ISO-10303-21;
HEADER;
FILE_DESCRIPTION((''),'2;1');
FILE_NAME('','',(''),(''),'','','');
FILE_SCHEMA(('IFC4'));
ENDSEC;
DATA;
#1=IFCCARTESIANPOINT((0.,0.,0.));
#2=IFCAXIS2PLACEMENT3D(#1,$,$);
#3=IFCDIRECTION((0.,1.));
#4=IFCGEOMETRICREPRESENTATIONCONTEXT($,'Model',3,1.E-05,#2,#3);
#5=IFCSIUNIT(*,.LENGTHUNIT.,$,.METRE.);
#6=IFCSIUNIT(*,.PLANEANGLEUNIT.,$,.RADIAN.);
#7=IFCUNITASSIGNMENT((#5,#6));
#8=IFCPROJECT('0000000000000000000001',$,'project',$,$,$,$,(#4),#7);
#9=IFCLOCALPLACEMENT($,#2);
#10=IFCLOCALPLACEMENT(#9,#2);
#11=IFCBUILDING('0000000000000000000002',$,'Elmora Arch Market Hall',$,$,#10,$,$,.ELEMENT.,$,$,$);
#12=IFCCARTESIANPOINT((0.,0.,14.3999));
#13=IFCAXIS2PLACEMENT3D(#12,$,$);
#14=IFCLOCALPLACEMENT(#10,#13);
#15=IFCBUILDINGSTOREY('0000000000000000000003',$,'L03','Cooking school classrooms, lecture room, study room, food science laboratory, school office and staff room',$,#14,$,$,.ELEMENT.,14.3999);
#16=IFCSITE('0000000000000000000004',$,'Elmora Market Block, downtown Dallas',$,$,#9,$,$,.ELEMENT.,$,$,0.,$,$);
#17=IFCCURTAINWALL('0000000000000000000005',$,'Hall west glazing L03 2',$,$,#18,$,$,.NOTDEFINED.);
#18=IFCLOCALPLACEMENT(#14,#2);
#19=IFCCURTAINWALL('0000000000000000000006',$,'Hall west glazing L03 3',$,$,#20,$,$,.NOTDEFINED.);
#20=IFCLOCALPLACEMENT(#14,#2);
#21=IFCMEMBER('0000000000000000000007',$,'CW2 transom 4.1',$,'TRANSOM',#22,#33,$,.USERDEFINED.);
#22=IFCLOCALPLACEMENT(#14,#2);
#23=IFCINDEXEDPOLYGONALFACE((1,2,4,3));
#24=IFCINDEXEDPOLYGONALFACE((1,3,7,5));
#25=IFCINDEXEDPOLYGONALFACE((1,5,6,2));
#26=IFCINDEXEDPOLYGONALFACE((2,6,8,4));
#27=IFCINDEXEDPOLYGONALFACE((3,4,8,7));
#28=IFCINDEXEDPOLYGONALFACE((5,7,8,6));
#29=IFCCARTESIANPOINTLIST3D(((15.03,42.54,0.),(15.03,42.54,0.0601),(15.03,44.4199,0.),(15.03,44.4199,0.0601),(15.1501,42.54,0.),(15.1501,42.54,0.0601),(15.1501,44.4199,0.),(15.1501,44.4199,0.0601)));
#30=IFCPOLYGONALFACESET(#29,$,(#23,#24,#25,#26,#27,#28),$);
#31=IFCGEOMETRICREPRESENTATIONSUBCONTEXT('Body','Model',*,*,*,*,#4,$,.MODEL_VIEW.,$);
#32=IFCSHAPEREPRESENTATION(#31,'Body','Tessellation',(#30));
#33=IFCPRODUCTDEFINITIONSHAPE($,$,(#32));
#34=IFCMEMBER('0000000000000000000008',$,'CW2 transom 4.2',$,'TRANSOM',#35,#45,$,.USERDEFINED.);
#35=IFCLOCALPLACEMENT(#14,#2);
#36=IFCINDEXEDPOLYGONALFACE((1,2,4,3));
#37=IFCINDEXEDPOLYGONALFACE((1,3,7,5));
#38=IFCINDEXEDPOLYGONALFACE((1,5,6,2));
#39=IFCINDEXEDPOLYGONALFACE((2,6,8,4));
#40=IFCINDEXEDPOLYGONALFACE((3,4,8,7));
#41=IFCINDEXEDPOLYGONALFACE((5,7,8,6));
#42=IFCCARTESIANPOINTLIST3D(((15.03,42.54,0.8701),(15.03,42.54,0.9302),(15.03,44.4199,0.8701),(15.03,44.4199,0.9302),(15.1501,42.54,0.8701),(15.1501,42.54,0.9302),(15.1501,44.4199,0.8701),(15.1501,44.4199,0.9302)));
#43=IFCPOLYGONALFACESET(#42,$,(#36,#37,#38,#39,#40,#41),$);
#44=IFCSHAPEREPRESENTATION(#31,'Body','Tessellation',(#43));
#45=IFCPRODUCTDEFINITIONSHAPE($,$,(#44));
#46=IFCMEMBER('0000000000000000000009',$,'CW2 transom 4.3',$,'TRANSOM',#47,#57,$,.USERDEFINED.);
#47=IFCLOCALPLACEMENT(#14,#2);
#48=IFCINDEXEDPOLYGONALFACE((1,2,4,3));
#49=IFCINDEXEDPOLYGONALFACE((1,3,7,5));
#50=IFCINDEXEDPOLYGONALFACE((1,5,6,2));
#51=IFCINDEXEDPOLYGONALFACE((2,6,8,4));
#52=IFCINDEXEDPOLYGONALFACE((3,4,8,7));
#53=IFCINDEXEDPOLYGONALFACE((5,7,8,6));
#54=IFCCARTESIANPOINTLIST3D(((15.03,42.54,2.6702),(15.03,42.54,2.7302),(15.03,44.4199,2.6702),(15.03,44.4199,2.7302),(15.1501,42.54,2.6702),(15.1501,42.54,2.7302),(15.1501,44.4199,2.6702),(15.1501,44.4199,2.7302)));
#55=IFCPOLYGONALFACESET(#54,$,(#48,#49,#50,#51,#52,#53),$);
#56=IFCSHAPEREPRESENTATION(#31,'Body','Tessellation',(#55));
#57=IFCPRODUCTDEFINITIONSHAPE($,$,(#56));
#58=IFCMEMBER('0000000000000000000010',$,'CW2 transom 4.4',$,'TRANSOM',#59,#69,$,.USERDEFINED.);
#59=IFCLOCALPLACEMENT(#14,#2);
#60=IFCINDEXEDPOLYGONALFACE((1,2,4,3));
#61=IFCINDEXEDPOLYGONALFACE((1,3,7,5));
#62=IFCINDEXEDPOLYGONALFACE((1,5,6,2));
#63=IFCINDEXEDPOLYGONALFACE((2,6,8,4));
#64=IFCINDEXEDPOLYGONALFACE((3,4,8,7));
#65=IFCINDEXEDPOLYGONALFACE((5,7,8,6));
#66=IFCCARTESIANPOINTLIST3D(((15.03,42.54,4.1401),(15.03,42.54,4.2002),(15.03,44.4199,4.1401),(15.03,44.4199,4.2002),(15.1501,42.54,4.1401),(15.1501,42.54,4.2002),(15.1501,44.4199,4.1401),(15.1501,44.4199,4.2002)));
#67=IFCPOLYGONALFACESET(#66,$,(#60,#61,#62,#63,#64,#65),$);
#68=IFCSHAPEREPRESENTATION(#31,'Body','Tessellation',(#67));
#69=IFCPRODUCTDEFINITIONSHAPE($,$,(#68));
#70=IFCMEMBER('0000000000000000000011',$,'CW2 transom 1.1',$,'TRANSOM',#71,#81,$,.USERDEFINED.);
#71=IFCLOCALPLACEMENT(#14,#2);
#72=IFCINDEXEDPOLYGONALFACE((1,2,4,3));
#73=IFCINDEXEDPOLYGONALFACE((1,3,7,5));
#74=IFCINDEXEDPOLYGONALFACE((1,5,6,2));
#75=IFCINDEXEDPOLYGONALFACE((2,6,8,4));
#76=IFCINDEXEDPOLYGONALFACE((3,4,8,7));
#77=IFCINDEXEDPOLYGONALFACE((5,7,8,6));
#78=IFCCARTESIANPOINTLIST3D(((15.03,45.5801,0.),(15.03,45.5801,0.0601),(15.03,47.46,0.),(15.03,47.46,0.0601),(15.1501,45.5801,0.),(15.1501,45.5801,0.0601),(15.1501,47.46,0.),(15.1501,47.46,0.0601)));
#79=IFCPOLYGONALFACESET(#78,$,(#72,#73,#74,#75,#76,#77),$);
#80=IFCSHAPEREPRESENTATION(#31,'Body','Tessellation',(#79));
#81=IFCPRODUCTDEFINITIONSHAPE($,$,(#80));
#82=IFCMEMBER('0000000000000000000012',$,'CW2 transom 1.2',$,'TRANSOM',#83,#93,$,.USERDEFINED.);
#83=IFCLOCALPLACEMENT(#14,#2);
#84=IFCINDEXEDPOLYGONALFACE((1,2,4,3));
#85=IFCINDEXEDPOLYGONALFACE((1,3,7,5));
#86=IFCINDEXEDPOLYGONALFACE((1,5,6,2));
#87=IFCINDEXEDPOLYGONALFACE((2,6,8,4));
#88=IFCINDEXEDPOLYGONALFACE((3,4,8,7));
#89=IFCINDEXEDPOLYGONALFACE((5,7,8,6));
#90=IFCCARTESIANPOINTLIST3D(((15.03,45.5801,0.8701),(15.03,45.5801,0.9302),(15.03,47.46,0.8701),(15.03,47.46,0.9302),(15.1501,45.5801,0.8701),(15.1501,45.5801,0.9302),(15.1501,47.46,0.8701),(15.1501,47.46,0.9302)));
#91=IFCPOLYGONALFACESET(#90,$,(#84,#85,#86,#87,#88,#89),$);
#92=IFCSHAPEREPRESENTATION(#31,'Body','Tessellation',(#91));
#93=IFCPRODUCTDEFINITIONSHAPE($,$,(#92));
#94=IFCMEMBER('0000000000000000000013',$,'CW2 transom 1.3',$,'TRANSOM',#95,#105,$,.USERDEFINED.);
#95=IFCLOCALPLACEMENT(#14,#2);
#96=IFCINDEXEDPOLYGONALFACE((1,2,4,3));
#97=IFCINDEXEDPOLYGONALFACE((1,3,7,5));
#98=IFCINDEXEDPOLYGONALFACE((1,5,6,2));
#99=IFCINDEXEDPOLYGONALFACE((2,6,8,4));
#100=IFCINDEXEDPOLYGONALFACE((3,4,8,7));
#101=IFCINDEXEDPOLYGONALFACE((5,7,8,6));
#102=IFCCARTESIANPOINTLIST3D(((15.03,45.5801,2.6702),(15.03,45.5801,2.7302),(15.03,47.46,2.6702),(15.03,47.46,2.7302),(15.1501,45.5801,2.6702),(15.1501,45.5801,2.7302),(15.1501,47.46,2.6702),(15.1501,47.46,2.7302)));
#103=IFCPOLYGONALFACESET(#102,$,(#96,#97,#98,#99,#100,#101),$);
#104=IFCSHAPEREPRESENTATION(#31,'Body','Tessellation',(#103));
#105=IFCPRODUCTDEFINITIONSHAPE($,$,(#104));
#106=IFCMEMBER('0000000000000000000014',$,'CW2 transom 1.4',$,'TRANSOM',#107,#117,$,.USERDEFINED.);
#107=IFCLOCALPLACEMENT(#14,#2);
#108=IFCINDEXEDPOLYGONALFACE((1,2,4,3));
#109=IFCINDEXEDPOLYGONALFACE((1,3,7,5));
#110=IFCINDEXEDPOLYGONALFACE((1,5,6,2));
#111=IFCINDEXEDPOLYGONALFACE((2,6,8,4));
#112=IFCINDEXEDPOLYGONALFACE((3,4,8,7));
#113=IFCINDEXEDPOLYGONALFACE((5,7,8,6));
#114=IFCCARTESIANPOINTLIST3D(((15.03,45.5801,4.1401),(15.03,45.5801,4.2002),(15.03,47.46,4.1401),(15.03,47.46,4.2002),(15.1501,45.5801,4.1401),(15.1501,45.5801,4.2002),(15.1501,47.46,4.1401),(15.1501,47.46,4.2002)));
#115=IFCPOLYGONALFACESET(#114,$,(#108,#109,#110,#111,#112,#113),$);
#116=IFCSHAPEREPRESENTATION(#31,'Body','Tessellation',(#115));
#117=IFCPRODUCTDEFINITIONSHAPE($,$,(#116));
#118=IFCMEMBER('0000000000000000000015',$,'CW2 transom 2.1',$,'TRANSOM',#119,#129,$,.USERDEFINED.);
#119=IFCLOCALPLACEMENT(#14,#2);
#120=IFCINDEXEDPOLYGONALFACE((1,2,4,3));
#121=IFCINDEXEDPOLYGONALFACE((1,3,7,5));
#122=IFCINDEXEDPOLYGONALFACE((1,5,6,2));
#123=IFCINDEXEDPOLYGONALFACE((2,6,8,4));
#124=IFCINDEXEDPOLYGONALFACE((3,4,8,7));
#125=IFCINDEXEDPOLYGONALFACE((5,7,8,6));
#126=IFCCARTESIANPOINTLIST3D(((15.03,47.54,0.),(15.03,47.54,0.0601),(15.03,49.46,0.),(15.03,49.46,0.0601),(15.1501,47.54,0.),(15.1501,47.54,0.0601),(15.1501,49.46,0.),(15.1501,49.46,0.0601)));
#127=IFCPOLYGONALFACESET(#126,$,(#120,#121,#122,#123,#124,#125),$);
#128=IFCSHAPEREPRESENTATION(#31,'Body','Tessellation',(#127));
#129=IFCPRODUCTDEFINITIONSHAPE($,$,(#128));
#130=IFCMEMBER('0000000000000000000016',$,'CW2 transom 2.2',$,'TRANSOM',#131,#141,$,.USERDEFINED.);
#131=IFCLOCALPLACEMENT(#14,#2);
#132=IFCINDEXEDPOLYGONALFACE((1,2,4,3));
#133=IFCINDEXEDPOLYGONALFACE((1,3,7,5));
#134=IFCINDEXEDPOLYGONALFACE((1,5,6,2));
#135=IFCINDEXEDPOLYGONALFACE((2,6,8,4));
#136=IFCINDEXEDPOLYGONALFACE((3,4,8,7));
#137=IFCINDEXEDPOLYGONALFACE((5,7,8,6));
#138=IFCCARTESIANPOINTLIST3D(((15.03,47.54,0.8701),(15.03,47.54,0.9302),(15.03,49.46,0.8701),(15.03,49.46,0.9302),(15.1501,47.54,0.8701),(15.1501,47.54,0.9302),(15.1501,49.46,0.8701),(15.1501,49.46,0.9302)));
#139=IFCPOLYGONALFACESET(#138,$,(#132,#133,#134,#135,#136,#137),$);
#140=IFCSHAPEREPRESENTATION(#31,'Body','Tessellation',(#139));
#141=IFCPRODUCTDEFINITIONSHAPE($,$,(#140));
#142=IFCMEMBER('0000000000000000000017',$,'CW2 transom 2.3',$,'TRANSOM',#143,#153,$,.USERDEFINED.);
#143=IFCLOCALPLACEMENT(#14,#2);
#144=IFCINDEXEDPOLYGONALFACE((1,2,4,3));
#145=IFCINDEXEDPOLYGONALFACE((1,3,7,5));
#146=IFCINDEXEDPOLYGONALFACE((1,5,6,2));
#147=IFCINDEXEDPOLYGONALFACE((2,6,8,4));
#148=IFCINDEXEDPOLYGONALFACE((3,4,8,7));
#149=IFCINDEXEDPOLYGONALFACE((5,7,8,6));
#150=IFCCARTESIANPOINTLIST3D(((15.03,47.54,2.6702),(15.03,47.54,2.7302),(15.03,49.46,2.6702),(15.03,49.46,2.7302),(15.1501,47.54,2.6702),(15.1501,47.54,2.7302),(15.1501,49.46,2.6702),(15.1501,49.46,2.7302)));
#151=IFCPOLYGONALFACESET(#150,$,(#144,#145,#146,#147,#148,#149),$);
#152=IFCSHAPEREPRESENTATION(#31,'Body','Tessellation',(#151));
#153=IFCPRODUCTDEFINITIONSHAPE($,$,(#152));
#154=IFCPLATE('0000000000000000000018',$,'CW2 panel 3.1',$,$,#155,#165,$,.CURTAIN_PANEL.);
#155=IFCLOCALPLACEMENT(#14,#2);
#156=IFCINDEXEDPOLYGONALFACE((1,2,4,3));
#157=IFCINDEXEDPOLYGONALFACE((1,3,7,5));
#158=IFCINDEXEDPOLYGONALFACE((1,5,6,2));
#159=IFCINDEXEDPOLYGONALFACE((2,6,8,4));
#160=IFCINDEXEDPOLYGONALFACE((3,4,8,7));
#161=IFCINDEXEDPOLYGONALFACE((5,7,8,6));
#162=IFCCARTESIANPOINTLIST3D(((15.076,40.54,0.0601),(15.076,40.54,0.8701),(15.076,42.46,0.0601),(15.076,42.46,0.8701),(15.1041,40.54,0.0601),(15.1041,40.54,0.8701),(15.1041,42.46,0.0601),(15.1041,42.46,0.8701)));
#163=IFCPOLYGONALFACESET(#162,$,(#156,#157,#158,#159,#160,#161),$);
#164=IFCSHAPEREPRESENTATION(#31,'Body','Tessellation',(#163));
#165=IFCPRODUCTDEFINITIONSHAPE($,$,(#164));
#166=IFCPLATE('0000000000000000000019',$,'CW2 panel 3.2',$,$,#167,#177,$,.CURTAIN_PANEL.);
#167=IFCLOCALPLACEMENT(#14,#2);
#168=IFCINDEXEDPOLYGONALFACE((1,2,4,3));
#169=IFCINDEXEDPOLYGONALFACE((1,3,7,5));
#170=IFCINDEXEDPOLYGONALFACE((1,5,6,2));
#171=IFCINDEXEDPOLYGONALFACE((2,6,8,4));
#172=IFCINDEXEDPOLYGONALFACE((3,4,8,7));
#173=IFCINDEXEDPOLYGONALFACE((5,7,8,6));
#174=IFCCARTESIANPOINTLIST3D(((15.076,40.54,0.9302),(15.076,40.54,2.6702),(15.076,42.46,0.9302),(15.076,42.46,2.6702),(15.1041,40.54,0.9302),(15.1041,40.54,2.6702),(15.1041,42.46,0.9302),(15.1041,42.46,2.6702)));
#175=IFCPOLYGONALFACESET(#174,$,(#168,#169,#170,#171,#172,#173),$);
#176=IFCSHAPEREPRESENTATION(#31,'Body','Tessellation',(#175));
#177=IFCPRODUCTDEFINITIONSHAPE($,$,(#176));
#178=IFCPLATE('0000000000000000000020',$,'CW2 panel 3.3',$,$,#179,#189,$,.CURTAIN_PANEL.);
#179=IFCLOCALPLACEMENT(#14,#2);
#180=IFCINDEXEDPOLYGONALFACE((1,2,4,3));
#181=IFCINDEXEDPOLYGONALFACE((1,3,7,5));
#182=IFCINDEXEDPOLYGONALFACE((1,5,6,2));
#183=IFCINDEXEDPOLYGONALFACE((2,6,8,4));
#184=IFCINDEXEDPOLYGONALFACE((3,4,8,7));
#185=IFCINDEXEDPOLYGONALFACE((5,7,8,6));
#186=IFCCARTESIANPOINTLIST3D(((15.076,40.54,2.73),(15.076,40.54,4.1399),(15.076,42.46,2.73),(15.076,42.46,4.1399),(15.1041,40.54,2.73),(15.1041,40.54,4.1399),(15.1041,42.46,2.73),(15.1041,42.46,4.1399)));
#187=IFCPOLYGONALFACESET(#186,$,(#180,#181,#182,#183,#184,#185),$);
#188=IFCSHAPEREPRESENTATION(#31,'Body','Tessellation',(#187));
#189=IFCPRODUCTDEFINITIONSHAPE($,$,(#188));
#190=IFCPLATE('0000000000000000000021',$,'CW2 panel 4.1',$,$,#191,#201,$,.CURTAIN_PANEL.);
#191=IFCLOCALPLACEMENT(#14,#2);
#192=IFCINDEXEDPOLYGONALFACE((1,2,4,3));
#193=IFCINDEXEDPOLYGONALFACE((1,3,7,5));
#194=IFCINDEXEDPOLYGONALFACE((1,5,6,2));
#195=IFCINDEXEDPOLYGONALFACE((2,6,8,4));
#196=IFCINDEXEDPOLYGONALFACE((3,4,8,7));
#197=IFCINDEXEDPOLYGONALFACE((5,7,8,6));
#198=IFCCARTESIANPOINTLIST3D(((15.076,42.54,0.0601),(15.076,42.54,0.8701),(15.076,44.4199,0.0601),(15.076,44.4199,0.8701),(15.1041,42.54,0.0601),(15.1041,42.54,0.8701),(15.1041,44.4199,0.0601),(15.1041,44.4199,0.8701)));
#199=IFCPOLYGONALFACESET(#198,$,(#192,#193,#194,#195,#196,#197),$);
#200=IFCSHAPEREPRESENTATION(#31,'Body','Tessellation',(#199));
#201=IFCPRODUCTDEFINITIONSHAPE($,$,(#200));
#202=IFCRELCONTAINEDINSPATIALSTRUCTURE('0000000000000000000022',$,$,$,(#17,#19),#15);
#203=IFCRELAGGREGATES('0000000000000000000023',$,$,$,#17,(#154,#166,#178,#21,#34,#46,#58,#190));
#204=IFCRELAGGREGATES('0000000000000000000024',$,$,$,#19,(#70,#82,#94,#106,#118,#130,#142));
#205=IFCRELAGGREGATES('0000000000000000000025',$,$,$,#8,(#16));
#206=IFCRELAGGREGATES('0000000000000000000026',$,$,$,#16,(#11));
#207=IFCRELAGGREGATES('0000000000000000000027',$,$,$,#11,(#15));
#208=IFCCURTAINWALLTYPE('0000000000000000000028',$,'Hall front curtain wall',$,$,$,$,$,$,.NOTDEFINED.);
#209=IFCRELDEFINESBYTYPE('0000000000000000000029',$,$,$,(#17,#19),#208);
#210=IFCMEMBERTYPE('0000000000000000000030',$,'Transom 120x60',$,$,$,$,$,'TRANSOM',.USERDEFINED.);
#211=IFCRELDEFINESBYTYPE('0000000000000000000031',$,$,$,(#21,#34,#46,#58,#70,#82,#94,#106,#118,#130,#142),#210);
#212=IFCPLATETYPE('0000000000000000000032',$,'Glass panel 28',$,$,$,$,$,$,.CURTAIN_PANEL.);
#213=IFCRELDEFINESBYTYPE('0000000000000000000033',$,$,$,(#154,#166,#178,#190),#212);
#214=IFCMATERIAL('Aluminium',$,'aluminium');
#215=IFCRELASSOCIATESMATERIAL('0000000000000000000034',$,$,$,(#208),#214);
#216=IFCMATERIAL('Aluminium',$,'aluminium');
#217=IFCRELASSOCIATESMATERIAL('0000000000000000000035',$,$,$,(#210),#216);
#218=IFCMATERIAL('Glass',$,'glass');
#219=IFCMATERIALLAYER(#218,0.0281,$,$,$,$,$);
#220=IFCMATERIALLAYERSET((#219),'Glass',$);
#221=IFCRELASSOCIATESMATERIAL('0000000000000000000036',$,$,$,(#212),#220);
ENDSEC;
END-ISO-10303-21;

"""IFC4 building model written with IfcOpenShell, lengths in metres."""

from ifc_helpers import new_model, si_unit, direction, frame, origin, origin_2d, place, context, subcontext, project, spatial, rectangle, extrude, material, layer, layer_set, material_profile, profile_set, type_object, element, aggregate, save


model = new_model("IFC4")

# Units and contexts
model_context = context("Model", 3, precision=1e-05, world=origin(), true_north=direction((0.0, 1.0)))
body_context = subcontext(model_context, "Body", "Model", "MODEL_VIEW")
ifc_project = project(units=[si_unit("LENGTHUNIT", "METRE"), si_unit("PLANEANGLEUNIT", "RADIAN")], contexts=[model_context])

# Site, building, storey
site_placement = place(None, origin())
site = spatial("IfcSite", under=ifc_project, at=site_placement, Name="Elmora Market Block, downtown Dallas", CompositionType="ELEMENT", RefElevation=0.0)
building_placement = place(site_placement, origin())
building = spatial("IfcBuilding", under=site, at=building_placement, Name="Elmora Arch Market Hall", CompositionType="ELEMENT")
storey_placement = place(building_placement, frame((0.0, 0.0, 14.3999)))
storey = spatial("IfcBuildingStorey", under=building, at=storey_placement, Name="L03", Description="Cooking school classrooms, lecture room, study room, food science laboratory, school office and staff room", CompositionType="ELEMENT", Elevation=14.3999)

# Curtain walls
ifc_material_1 = material(Name="Aluminium", Category="aluminium")
curtain_wall_type = type_object("IfcCurtainWallType", Name="Hall front curtain wall", PredefinedType="NOTDEFINED", material=ifc_material_1)
curtain_wall_1_placement = place(storey_placement, origin())
curtain_wall_1 = element("IfcCurtainWall", 1, at=curtain_wall_1_placement, inside=storey, type_object=curtain_wall_type, Name="Hall west glazing L03 2", PredefinedType="NOTDEFINED")
curtain_wall_2_placement = place(storey_placement, origin())
curtain_wall_2 = element("IfcCurtainWall", 2, at=curtain_wall_2_placement, inside=storey, type_object=curtain_wall_type, Name="Hall west glazing L03 3", PredefinedType="NOTDEFINED")

# Members
ifc_material_2 = material(Name="Aluminium", Category="aluminium")
ifc_material_profile_1 = material_profile(ifc_material_2, rectangle(XDim=0.1201, YDim=0.0601, at=origin_2d()), Name="AL 120x60")
ifc_profile_set_1 = profile_set([ifc_material_profile_1], Name="Aluminium")
member_type_1 = type_object("IfcMemberType", Name="Transom 120x60", ElementType="TRANSOM", PredefinedType="USERDEFINED", material=ifc_profile_set_1)
member_1_placement = place(storey_placement, frame((15.0901, 42.54, 0.03), z_axis=(0.0, 1.0, 0.0), x_axis=(-1.0, 0.0, 0.0)))
member_1 = element("IfcMember", 3, at=member_1_placement, type_object=member_type_1, Name="CW2 transom 4.1", ObjectType="TRANSOM", PredefinedType="USERDEFINED", context=body_context, shape_type="SweptSolid", body=[
    extrude(rectangle(XDim=0.1201, YDim=0.0601, at=origin_2d()), origin(), (0.0, 0.0, 1.0), 1.8799),
])
member_2_placement = place(storey_placement, frame((15.0901, 42.54, 0.9001), z_axis=(0.0, 1.0, 0.0), x_axis=(-1.0, 0.0, 0.0)))
member_2 = element("IfcMember", 4, at=member_2_placement, type_object=member_type_1, Name="CW2 transom 4.2", ObjectType="TRANSOM", PredefinedType="USERDEFINED", context=body_context, shape_type="SweptSolid", body=[
    extrude(rectangle(XDim=0.1201, YDim=0.0601, at=origin_2d()), origin(), (0.0, 0.0, 1.0), 1.8799),
])
member_3_placement = place(storey_placement, frame((15.0901, 42.54, 2.7002), z_axis=(0.0, 1.0, 0.0), x_axis=(-1.0, 0.0, 0.0)))
member_3 = element("IfcMember", 5, at=member_3_placement, type_object=member_type_1, Name="CW2 transom 4.3", ObjectType="TRANSOM", PredefinedType="USERDEFINED", context=body_context, shape_type="SweptSolid", body=[
    extrude(rectangle(XDim=0.1201, YDim=0.0601, at=origin_2d()), origin(), (0.0, 0.0, 1.0), 1.8799),
])
member_4_placement = place(storey_placement, frame((15.0901, 42.54, 4.1702), z_axis=(0.0, 1.0, 0.0), x_axis=(-1.0, 0.0, 0.0)))
member_4 = element("IfcMember", 6, at=member_4_placement, type_object=member_type_1, Name="CW2 transom 4.4", ObjectType="TRANSOM", PredefinedType="USERDEFINED", context=body_context, shape_type="SweptSolid", body=[
    extrude(rectangle(XDim=0.1201, YDim=0.0601, at=origin_2d()), origin(), (0.0, 0.0, 1.0), 1.8799),
])
member_5_placement = place(storey_placement, frame((15.0901, 45.5801, 0.03), z_axis=(0.0, 1.0, 0.0), x_axis=(-1.0, 0.0, 0.0)))
member_5 = element("IfcMember", 7, at=member_5_placement, type_object=member_type_1, Name="CW2 transom 1.1", ObjectType="TRANSOM", PredefinedType="USERDEFINED", context=body_context, shape_type="SweptSolid", body=[
    extrude(rectangle(XDim=0.1201, YDim=0.0601, at=origin_2d()), origin(), (0.0, 0.0, 1.0), 1.8799),
])
member_6_placement = place(storey_placement, frame((15.0901, 45.5801, 0.9001), z_axis=(0.0, 1.0, 0.0), x_axis=(-1.0, 0.0, 0.0)))
member_6 = element("IfcMember", 8, at=member_6_placement, type_object=member_type_1, Name="CW2 transom 1.2", ObjectType="TRANSOM", PredefinedType="USERDEFINED", context=body_context, shape_type="SweptSolid", body=[
    extrude(rectangle(XDim=0.1201, YDim=0.0601, at=origin_2d()), origin(), (0.0, 0.0, 1.0), 1.8799),
])
member_7_placement = place(storey_placement, frame((15.0901, 45.5801, 2.7002), z_axis=(0.0, 1.0, 0.0), x_axis=(-1.0, 0.0, 0.0)))
member_7 = element("IfcMember", 9, at=member_7_placement, type_object=member_type_1, Name="CW2 transom 1.3", ObjectType="TRANSOM", PredefinedType="USERDEFINED", context=body_context, shape_type="SweptSolid", body=[
    extrude(rectangle(XDim=0.1201, YDim=0.0601, at=origin_2d()), origin(), (0.0, 0.0, 1.0), 1.8799),
])
member_8_placement = place(storey_placement, frame((15.0901, 45.5801, 4.1702), z_axis=(0.0, 1.0, 0.0), x_axis=(-1.0, 0.0, 0.0)))
member_8 = element("IfcMember", 10, at=member_8_placement, type_object=member_type_1, Name="CW2 transom 1.4", ObjectType="TRANSOM", PredefinedType="USERDEFINED", context=body_context, shape_type="SweptSolid", body=[
    extrude(rectangle(XDim=0.1201, YDim=0.0601, at=origin_2d()), origin(), (0.0, 0.0, 1.0), 1.8799),
])
member_9_placement = place(storey_placement, frame((15.0901, 47.54, 0.03), z_axis=(0.0, 1.0, 0.0), x_axis=(-1.0, 0.0, 0.0)))
member_9 = element("IfcMember", 11, at=member_9_placement, type_object=member_type_1, Name="CW2 transom 2.1", ObjectType="TRANSOM", PredefinedType="USERDEFINED", context=body_context, shape_type="SweptSolid", body=[
    extrude(rectangle(XDim=0.1201, YDim=0.0601, at=origin_2d()), origin(), (0.0, 0.0, 1.0), 1.9199),
])
member_10_placement = place(storey_placement, frame((15.0901, 47.54, 0.9001), z_axis=(0.0, 1.0, 0.0), x_axis=(-1.0, 0.0, 0.0)))
member_10 = element("IfcMember", 12, at=member_10_placement, type_object=member_type_1, Name="CW2 transom 2.2", ObjectType="TRANSOM", PredefinedType="USERDEFINED", context=body_context, shape_type="SweptSolid", body=[
    extrude(rectangle(XDim=0.1201, YDim=0.0601, at=origin_2d()), origin(), (0.0, 0.0, 1.0), 1.9199),
])
member_11_placement = place(storey_placement, frame((15.0901, 47.54, 2.7002), z_axis=(0.0, 1.0, 0.0), x_axis=(-1.0, 0.0, 0.0)))
member_11 = element("IfcMember", 13, at=member_11_placement, type_object=member_type_1, Name="CW2 transom 2.3", ObjectType="TRANSOM", PredefinedType="USERDEFINED", context=body_context, shape_type="SweptSolid", body=[
    extrude(rectangle(XDim=0.1201, YDim=0.0601, at=origin_2d()), origin(), (0.0, 0.0, 1.0), 1.9199),
])

# Plates
ifc_material_3 = material(Name="Glass", Category="glass")
ifc_layer = layer(ifc_material_3, 0.0281)
ifc_layer_set = layer_set([ifc_layer], Name="Glass")
plate_type = type_object("IfcPlateType", Name="Glass panel 28", PredefinedType="CURTAIN_PANEL", material=ifc_layer_set)
plate_1_placement = place(storey_placement, frame((15.0901, 41.5, 0.0601), z_axis=(0.0, 0.0, 1.0), x_axis=(0.0, 1.0, 0.0)))
plate_1 = element("IfcPlate", 14, at=plate_1_placement, type_object=plate_type, Name="CW2 panel 3.1", PredefinedType="CURTAIN_PANEL", context=body_context, shape_type="SweptSolid", body=[
    extrude(rectangle(XDim=1.9199, YDim=0.0281, at=origin_2d()), origin(), (0.0, 0.0, 1.0), 0.8101),
])
plate_2_placement = place(storey_placement, frame((15.0901, 41.5, 0.9302), z_axis=(0.0, 0.0, 1.0), x_axis=(0.0, 1.0, 0.0)))
plate_2 = element("IfcPlate", 15, at=plate_2_placement, type_object=plate_type, Name="CW2 panel 3.2", PredefinedType="CURTAIN_PANEL", context=body_context, shape_type="SweptSolid", body=[
    extrude(rectangle(XDim=1.9199, YDim=0.0281, at=origin_2d()), origin(), (0.0, 0.0, 1.0), 1.74),
])
plate_3_placement = place(storey_placement, frame((15.0901, 41.5, 2.73), z_axis=(0.0, 0.0, 1.0), x_axis=(0.0, 1.0, 0.0)))
plate_3 = element("IfcPlate", 16, at=plate_3_placement, type_object=plate_type, Name="CW2 panel 3.3", PredefinedType="CURTAIN_PANEL", context=body_context, shape_type="SweptSolid", body=[
    extrude(rectangle(XDim=1.9199, YDim=0.0281, at=origin_2d()), origin(), (0.0, 0.0, 1.0), 1.4099),
])
plate_4_placement = place(storey_placement, frame((15.0901, 43.48, 0.0601), z_axis=(0.0, 0.0, 1.0), x_axis=(0.0, 1.0, 0.0)))
plate_4 = element("IfcPlate", 17, at=plate_4_placement, type_object=plate_type, Name="CW2 panel 4.1", PredefinedType="CURTAIN_PANEL", context=body_context, shape_type="SweptSolid", body=[
    extrude(rectangle(XDim=1.8799, YDim=0.0281, at=origin_2d()), origin(), (0.0, 0.0, 1.0), 0.8101),
])
aggregate(curtain_wall_1, [plate_1, plate_2, plate_3, member_1, member_2, member_3, member_4, plate_4])
aggregate(curtain_wall_2, [member_5, member_6, member_7, member_8, member_9, member_10, member_11])

save(model, "model.ifc")
